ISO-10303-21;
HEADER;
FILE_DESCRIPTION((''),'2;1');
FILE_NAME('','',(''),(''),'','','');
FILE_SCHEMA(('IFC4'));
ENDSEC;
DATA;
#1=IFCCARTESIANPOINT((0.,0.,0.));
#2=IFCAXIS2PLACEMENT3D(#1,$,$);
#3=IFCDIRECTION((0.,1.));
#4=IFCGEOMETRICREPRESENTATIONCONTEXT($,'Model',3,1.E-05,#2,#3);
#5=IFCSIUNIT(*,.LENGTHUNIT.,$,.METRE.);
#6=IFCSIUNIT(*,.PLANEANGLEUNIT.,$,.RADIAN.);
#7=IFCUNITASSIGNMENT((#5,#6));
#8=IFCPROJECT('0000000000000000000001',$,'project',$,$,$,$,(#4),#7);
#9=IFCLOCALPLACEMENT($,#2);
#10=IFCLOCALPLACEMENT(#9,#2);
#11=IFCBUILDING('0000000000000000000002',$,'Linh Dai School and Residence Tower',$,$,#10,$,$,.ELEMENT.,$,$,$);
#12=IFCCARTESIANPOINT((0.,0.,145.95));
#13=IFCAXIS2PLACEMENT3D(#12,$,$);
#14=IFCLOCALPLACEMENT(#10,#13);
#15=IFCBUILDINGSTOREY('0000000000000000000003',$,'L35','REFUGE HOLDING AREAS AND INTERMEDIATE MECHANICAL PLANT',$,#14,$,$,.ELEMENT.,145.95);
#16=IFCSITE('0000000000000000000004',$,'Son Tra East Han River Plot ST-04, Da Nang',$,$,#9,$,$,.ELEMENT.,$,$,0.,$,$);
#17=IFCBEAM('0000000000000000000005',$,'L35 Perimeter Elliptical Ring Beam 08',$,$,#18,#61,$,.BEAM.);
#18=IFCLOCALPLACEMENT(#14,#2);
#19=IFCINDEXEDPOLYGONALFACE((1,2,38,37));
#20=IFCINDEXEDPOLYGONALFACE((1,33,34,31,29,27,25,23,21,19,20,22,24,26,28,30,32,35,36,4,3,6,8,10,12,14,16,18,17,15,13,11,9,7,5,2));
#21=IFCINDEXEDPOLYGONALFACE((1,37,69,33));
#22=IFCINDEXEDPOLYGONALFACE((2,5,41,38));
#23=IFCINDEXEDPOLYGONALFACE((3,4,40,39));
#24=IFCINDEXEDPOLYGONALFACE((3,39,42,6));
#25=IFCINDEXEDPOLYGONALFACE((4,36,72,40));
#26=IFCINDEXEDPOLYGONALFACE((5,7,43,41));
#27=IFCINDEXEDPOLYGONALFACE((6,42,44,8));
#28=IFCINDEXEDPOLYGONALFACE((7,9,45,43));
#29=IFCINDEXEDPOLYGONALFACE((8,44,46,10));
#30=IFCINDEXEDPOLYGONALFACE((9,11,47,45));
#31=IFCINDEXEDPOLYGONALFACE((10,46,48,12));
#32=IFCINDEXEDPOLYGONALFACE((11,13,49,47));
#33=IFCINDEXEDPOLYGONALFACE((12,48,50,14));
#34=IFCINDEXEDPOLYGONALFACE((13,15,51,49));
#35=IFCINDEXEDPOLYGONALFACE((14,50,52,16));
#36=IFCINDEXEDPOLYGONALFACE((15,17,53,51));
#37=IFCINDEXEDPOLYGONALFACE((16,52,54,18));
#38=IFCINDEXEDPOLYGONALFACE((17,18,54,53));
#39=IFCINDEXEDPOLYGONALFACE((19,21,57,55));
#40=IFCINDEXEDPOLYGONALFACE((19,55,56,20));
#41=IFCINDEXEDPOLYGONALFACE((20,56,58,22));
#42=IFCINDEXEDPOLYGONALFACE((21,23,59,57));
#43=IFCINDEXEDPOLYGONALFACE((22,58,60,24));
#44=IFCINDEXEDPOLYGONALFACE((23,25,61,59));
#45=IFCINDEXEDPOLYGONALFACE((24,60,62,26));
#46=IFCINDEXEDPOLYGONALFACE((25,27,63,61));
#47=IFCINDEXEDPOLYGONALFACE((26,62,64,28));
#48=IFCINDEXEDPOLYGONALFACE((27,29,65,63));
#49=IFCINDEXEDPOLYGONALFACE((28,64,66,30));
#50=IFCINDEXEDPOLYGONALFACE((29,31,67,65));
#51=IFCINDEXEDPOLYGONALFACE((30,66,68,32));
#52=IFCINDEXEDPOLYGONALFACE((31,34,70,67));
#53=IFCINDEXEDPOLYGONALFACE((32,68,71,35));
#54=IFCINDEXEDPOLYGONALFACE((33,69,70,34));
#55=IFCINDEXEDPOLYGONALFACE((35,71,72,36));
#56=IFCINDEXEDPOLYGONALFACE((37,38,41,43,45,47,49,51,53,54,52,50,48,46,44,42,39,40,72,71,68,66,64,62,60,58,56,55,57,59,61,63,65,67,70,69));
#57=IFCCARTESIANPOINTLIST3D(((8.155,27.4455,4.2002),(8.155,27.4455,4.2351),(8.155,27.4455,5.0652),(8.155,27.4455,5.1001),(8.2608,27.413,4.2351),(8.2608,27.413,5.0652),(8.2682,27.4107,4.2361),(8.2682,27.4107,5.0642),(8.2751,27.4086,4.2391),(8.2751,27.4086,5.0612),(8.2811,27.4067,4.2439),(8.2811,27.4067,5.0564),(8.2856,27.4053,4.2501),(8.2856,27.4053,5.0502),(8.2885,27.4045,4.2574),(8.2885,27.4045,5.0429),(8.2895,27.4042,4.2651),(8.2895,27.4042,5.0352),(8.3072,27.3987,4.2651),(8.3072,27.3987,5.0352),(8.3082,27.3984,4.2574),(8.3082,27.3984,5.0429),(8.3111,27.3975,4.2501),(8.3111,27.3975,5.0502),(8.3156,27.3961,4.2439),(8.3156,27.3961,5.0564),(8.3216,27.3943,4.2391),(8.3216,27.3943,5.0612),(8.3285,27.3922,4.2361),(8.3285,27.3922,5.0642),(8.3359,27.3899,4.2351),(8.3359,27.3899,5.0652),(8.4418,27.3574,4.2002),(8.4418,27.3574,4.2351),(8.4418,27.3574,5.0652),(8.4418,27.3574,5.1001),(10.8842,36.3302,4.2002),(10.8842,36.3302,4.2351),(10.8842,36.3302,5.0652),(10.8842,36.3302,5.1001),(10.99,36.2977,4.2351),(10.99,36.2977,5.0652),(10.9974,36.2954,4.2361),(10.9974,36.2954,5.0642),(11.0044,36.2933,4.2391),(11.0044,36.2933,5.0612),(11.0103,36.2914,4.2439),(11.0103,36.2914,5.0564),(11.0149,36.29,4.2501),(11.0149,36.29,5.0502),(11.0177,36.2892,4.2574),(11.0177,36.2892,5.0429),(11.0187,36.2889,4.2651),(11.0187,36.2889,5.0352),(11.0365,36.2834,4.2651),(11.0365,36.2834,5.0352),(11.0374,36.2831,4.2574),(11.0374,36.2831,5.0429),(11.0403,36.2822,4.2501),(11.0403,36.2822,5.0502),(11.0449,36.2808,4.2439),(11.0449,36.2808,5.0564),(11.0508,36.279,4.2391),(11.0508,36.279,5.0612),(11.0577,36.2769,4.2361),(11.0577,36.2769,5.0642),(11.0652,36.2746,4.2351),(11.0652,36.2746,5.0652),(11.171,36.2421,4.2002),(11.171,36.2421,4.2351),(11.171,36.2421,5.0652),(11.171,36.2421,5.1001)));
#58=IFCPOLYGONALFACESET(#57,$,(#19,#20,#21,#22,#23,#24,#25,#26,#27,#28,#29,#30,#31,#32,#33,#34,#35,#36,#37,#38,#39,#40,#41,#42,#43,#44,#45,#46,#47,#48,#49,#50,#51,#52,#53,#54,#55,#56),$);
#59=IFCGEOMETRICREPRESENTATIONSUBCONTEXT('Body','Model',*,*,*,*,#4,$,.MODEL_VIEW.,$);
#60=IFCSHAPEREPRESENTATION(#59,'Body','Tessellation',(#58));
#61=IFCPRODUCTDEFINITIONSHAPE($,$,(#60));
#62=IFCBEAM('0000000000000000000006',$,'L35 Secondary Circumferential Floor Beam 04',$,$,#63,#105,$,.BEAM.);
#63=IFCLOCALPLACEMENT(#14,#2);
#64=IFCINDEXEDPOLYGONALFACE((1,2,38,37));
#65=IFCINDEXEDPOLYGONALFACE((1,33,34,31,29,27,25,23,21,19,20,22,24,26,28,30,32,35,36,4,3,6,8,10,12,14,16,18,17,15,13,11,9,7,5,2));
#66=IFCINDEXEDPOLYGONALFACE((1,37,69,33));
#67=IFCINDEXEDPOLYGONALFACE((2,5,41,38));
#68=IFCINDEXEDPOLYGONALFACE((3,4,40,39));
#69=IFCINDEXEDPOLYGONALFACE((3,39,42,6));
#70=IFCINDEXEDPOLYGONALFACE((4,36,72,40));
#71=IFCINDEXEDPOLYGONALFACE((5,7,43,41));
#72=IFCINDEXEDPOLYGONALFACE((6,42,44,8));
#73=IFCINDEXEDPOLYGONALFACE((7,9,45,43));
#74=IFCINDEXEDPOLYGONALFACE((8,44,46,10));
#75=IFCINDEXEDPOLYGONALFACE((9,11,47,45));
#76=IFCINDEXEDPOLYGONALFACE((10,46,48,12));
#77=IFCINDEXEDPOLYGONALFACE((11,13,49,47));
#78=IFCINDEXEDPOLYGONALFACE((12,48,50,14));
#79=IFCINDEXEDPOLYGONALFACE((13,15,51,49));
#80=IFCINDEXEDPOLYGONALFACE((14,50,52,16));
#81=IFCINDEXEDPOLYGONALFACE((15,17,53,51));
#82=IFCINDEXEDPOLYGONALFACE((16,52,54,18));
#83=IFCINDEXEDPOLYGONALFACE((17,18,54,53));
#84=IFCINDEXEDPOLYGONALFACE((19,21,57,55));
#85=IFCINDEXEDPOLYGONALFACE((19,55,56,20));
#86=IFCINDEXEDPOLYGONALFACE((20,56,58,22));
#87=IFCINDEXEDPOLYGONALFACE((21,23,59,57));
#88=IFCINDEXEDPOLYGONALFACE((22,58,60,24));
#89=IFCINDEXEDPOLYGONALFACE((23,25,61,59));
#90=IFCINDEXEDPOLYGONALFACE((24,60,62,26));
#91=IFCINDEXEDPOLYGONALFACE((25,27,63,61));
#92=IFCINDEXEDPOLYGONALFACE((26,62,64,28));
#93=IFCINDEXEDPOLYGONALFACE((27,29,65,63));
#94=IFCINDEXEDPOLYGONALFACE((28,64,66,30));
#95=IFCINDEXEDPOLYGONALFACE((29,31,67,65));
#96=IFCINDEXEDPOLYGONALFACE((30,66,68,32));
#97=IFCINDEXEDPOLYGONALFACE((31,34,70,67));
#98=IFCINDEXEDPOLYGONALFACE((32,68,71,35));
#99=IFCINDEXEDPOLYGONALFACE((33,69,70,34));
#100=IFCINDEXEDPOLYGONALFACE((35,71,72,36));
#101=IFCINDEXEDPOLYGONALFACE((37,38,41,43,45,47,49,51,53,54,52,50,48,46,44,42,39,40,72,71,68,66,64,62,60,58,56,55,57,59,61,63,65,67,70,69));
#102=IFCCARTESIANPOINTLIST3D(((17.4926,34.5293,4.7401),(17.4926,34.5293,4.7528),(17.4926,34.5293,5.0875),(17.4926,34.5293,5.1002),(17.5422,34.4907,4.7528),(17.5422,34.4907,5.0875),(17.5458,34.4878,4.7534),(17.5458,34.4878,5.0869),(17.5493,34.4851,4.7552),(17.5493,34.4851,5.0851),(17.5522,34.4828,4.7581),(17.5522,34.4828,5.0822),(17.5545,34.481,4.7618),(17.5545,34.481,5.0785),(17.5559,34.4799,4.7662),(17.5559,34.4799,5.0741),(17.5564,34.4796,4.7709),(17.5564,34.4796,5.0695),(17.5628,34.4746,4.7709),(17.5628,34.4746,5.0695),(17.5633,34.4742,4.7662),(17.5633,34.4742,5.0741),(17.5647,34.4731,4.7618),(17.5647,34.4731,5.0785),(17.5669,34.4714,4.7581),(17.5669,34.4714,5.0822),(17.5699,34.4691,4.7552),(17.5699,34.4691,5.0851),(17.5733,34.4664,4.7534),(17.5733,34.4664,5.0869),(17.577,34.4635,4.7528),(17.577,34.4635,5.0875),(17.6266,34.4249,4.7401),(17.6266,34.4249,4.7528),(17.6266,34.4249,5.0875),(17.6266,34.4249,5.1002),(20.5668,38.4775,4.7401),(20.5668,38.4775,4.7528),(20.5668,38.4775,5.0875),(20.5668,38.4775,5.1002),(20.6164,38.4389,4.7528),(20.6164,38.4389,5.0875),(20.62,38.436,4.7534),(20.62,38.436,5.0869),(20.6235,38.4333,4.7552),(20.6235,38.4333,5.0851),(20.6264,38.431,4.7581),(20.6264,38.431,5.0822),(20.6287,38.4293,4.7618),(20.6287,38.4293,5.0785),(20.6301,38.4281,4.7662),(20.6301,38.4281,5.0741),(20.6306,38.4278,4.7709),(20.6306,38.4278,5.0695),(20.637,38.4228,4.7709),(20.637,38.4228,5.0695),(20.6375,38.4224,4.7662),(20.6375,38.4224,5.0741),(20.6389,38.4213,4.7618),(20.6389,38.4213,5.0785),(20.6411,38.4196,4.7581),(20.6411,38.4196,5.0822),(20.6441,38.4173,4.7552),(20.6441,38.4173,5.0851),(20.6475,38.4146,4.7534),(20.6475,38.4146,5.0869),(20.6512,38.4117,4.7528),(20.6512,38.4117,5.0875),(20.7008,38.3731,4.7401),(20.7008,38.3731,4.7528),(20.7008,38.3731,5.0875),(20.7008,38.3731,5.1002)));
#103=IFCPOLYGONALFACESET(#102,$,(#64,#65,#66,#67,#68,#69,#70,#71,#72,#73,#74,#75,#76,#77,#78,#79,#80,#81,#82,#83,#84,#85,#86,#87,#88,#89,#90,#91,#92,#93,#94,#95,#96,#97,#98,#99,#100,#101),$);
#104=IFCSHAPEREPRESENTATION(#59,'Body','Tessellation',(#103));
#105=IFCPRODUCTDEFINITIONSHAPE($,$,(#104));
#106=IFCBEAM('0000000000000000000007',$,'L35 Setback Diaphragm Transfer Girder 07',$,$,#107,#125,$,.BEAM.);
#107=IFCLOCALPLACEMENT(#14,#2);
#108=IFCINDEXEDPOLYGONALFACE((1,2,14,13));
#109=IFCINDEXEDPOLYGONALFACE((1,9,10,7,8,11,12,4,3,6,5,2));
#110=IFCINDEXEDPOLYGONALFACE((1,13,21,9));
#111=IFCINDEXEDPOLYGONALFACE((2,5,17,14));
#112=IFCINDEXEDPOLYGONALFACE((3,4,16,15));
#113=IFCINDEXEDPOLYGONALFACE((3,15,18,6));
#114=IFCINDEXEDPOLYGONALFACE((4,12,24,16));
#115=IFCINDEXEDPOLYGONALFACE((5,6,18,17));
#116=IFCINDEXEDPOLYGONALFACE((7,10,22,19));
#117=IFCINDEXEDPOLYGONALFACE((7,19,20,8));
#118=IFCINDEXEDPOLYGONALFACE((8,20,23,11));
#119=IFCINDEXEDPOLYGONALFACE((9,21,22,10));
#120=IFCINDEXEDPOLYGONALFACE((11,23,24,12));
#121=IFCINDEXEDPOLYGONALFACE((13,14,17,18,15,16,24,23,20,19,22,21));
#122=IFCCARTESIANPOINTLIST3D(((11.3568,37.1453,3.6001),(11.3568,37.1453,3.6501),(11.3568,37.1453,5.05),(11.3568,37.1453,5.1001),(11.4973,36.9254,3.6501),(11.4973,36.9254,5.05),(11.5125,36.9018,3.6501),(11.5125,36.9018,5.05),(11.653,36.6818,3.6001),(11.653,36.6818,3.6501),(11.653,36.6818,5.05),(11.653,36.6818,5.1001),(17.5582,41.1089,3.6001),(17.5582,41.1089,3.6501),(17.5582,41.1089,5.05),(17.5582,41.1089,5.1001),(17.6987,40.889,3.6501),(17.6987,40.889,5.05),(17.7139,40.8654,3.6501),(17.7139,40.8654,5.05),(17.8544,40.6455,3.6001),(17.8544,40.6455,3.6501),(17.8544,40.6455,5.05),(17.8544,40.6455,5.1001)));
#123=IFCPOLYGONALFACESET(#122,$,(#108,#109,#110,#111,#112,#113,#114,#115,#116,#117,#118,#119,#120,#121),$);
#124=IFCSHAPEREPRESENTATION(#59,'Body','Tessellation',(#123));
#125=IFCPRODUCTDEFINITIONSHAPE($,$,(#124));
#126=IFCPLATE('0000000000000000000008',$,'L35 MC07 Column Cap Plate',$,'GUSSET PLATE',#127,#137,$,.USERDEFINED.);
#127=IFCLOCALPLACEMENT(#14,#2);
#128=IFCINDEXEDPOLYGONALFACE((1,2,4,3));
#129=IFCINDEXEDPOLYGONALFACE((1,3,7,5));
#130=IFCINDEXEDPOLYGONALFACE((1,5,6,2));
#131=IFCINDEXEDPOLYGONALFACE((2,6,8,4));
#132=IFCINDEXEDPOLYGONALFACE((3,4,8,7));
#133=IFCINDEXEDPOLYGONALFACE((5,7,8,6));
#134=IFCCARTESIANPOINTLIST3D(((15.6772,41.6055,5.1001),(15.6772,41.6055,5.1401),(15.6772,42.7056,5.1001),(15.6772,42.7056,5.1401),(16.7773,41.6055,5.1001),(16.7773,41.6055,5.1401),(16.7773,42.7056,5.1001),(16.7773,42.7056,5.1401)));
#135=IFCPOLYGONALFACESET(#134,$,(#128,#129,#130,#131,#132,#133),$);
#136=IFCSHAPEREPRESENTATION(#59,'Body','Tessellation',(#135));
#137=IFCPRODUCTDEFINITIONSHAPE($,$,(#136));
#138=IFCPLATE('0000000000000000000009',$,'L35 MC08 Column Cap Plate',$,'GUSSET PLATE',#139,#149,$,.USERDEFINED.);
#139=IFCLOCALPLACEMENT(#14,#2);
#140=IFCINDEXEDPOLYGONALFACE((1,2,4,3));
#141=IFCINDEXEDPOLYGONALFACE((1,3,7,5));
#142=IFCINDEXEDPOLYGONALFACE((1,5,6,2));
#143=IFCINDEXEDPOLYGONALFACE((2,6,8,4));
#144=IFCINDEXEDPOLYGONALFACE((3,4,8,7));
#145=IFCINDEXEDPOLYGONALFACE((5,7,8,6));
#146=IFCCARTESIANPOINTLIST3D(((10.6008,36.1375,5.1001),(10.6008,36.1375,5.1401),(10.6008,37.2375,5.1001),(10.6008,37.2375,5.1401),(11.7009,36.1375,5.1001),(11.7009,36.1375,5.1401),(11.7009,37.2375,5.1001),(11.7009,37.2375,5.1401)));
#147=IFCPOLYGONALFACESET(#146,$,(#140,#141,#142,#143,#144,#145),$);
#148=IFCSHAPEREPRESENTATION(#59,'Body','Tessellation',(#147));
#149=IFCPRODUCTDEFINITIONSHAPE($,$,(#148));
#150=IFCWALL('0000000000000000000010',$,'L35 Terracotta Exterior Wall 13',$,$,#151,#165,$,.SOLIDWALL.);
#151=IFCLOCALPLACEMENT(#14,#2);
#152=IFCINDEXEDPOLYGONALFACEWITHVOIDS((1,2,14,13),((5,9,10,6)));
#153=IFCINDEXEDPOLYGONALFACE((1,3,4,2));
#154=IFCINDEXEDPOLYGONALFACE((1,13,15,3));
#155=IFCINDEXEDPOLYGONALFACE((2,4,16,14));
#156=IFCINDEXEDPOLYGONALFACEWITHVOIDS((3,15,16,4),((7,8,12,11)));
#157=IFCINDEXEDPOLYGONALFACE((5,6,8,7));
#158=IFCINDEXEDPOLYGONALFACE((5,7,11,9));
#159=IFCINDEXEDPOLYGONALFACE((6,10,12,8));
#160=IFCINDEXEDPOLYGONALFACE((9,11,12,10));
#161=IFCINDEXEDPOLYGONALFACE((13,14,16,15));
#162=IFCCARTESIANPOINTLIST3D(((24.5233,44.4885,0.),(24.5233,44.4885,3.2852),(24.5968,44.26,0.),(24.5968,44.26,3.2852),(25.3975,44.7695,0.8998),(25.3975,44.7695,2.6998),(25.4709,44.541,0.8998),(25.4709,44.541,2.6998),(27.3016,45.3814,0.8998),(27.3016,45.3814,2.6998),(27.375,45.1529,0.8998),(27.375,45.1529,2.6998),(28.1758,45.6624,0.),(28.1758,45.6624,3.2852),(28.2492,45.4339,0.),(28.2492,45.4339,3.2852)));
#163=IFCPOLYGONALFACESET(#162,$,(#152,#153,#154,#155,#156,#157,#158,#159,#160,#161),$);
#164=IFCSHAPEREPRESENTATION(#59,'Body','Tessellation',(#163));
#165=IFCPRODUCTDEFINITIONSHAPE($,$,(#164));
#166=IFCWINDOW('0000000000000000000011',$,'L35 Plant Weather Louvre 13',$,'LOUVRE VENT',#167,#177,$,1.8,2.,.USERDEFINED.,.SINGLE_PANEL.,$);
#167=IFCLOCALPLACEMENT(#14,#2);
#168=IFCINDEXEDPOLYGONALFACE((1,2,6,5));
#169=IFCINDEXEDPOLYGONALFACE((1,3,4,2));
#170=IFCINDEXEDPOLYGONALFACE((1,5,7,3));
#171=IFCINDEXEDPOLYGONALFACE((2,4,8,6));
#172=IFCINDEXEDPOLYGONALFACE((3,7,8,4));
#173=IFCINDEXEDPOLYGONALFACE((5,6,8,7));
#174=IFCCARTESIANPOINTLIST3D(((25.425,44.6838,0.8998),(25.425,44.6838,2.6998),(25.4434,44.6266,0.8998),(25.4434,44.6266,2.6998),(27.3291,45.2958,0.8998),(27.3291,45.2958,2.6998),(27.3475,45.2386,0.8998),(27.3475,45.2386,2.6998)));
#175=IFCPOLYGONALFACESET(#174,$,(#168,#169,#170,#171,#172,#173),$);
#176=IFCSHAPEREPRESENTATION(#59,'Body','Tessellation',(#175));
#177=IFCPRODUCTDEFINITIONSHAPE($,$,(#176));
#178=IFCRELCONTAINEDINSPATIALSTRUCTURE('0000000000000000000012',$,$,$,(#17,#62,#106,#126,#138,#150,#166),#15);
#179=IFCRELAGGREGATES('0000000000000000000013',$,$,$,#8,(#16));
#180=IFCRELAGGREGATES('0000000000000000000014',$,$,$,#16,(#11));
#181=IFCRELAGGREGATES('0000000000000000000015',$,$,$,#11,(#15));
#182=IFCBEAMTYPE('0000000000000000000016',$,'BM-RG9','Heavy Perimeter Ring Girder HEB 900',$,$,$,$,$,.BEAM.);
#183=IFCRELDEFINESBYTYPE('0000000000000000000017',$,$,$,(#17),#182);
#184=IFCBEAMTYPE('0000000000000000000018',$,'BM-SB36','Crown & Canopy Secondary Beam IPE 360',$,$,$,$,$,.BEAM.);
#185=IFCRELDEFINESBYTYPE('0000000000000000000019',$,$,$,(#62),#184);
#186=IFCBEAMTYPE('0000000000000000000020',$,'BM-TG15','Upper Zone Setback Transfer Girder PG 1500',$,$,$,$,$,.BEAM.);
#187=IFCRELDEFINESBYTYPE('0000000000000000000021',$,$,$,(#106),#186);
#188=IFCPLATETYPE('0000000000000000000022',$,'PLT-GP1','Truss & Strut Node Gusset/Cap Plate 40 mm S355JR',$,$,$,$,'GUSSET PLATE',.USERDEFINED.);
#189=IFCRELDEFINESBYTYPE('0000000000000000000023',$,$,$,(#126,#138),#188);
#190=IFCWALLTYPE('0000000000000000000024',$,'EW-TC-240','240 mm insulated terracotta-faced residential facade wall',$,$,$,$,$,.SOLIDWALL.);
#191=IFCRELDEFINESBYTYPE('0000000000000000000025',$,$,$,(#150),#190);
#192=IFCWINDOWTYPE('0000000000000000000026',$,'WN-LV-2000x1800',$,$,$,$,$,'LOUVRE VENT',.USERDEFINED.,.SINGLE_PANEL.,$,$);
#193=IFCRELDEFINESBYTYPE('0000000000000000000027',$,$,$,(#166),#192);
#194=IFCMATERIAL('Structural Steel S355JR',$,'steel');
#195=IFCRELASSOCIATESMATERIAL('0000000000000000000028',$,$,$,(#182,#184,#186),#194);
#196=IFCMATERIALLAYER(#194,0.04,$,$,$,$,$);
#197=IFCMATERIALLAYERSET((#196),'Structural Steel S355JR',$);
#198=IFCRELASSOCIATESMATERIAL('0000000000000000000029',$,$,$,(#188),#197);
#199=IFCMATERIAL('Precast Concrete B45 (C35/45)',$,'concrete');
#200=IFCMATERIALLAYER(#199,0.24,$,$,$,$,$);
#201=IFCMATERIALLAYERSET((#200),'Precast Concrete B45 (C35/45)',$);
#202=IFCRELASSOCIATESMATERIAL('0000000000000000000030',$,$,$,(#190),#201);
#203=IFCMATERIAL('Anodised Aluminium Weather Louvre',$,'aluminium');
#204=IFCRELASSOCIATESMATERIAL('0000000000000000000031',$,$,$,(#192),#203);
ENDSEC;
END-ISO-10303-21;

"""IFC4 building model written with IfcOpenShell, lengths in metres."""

from ifc_helpers import new_model, si_unit, direction, frame, frame_2d, origin, origin_2d, place, context, subcontext, project, spatial, rectangle, i_section, extrude, source, transform, mapped, material, layer, layer_set, material_profile, profile_set, type_object, element, fill, save


model = new_model("IFC4")

# Units and contexts
model_context = context("Model", 3, precision=1e-05, world=origin(), true_north=direction((0.0, 1.0)))
body_context = subcontext(model_context, "Body", "Model", "MODEL_VIEW")
ifc_project = project(units=[si_unit("LENGTHUNIT", "METRE"), si_unit("PLANEANGLEUNIT", "RADIAN")], contexts=[model_context])

# Site, building, storey
site_placement = place(None, origin())
site = spatial("IfcSite", under=ifc_project, at=site_placement, Name="Son Tra East Han River Plot ST-04, Da Nang", CompositionType="ELEMENT", RefElevation=0.0)
building_placement = place(site_placement, origin())
building = spatial("IfcBuilding", under=site, at=building_placement, Name="Linh Dai School and Residence Tower", CompositionType="ELEMENT")
storey_placement = place(building_placement, frame((0.0, 0.0, 145.95)))
storey = spatial("IfcBuildingStorey", under=building, at=storey_placement, Name="L35", Description="REFUGE HOLDING AREAS AND INTERMEDIATE MECHANICAL PLANT", CompositionType="ELEMENT", Elevation=145.95)

# Shared definitions
ifc_material_1 = material(Name="Structural Steel S355JR", Category="steel")

# Beams
ifc_material_profile_1 = material_profile(ifc_material_1, i_section(OverallWidth=0.3, OverallDepth=0.8999, WebThickness=0.0186, FlangeThickness=0.0349, FilletRadius=0.03, at=origin_2d()), Name="HEB 900")
ifc_profile_set_1 = profile_set([ifc_material_profile_1], Name="Structural Steel S355JR")
beam_type_1 = type_object("IfcBeamType", Name="BM-RG9", Description="Heavy Perimeter Ring Girder HEB 900", PredefinedType="BEAM", material=ifc_profile_set_1)
beam_1_placement = place(storey_placement, frame((11.0276, 36.2861, 4.6501), z_axis=(-0.293641, -0.955916, 0.0), x_axis=(0.955916, -0.293641, 0.0)))
element("IfcBeam", 1, at=beam_1_placement, inside=storey, type_object=beam_type_1, Name="L35 Perimeter Elliptical Ring Beam 08", PredefinedType="BEAM", context=body_context, shape_type="SweptSolid", body=[
    extrude(i_section(OverallWidth=0.3, OverallDepth=0.8999, WebThickness=0.0186, FlangeThickness=0.0349, FilletRadius=0.03, at=origin_2d()), origin(), (0.0, 0.0, 1.0), 9.2944),
])
ifc_material_profile_2 = material_profile(ifc_material_1, i_section(OverallWidth=0.1699, OverallDepth=0.3601, WebThickness=0.0081, FlangeThickness=0.0127, FilletRadius=0.0181, at=origin_2d()), Name="IPE 360")
ifc_profile_set_2 = profile_set([ifc_material_profile_2], Name="Structural Steel S355JR")
beam_type_2 = type_object("IfcBeamType", Name="BM-SB36", Description="Crown & Canopy Secondary Beam IPE 360", PredefinedType="BEAM", material=ifc_profile_set_2)
beam_2_placement = place(storey_placement, frame((20.6338, 38.4253, 4.9202), z_axis=(-0.614359, -0.789026, 0.0), x_axis=(0.789026, -0.614359, 0.0)))
element("IfcBeam", 2, at=beam_2_placement, inside=storey, type_object=beam_type_2, Name="L35 Secondary Circumferential Floor Beam 04", PredefinedType="BEAM", context=body_context, shape_type="SweptSolid", body=[
    extrude(i_section(OverallWidth=0.1699, OverallDepth=0.3601, WebThickness=0.0081, FlangeThickness=0.0127, FilletRadius=0.0181, at=origin_2d()), origin(), (0.0, 0.0, 1.0), 5.0039),
])
ifc_material_profile_3 = material_profile(ifc_material_1, i_section(OverallWidth=0.55, OverallDepth=1.5, WebThickness=0.0281, FlangeThickness=0.05, at=origin_2d()), Name="PG 1500x550x28x50")
ifc_profile_set_3 = profile_set([ifc_material_profile_3], Name="Structural Steel S355JR")
beam_type_3 = type_object("IfcBeamType", Name="BM-TG15", Description="Upper Zone Setback Transfer Girder PG 1500", PredefinedType="BEAM", material=ifc_profile_set_3)
beam_3_placement = place(storey_placement, frame((17.7063, 40.8772, 4.3501), z_axis=(-0.842597, -0.538544, 0.0), x_axis=(0.538544, -0.842597, 0.0)))
element("IfcBeam", 3, at=beam_3_placement, inside=storey, type_object=beam_type_3, Name="L35 Setback Diaphragm Transfer Girder 07", PredefinedType="BEAM", context=body_context, shape_type="SweptSolid", body=[
    extrude(i_section(OverallWidth=0.55, OverallDepth=1.5, WebThickness=0.0281, FlangeThickness=0.05, at=origin_2d()), origin(), (0.0, 0.0, 1.0), 7.3599),
])

# Plates
ifc_layer_1 = layer(ifc_material_1, 0.04)
ifc_layer_set_1 = layer_set([ifc_layer_1], Name="Structural Steel S355JR")
plate_type = type_object("IfcPlateType", Name="PLT-GP1", Description="Truss & Strut Node Gusset/Cap Plate 40 mm S355JR", ElementType="GUSSET PLATE", PredefinedType="USERDEFINED", material=ifc_layer_set_1)
shared_shape_1 = source(origin(), body_context, "Body", "SweptSolid", [
    extrude(rectangle(XDim=1.1001, YDim=1.1001, at=origin_2d()), origin(), (0.0, 0.0, 1.0), 0.04),
])
for number, where, z_axis, x_axis, name in (
    (4, (16.2273, 42.1555, 5.1001), (0.0, 0.0, 1.0), (1.0, 0.0, 0.0), "L35 MC07 Column Cap Plate"),
    (5, (11.1509, 36.6875, 5.1001), (0.0, 0.0, 1.0), (1.0, 0.0, 0.0), "L35 MC08 Column Cap Plate"),
):
    element("IfcPlate", number, at=place(storey_placement, frame(where, z_axis=z_axis, x_axis=x_axis)), inside=storey, type_object=plate_type, Name=name, ObjectType="GUSSET PLATE", PredefinedType="USERDEFINED", context=body_context, shape_type="MappedRepresentation", body=[
        mapped(shared_shape_1, transform((0.0, 0.0, 0.0), x_axis=(1.0, 0.0, 0.0), y_axis=(0.0, 1.0, 0.0), z_axis=(0.0, 0.0, 1.0), scale=1.0)),
    ])

# Wall, opening, window
ifc_material_2 = material(Name="Precast Concrete B45 (C35/45)", Category="concrete")
ifc_layer_2 = layer(ifc_material_2, 0.24)
ifc_layer_set_2 = layer_set([ifc_layer_2], Name="Precast Concrete B45 (C35/45)")
wall_type_1 = type_object("IfcWallType", Name="EW-TC-240", Description="240 mm insulated terracotta-faced residential facade wall", PredefinedType="SOLIDWALL", material=ifc_layer_set_2)
wall_1_placement = place(storey_placement, frame((24.5601, 44.3743, 0.0), z_axis=(0.0, 0.0, 1.0), x_axis=(0.952039, 0.305976, 0.0)))
wall_1 = element("IfcWall", 6, at=wall_1_placement, inside=storey, type_object=wall_type_1, Name="L35 Terracotta Exterior Wall 13", PredefinedType="SOLIDWALL", context=body_context, shape_type="SweptSolid", body=[
    extrude(rectangle(XDim=3.8364, YDim=0.24, at=frame_2d((1.9182, 0.0))), origin(), (0.0, 0.0, 1.0), 3.2852),
])
opening_1_placement = place(wall_1_placement, frame((0.9182, 0.0, 0.8999)))
opening_1 = element("IfcOpeningElement", 7, at=opening_1_placement, cuts=wall_1, PredefinedType="OPENING", context=body_context, shape_type="SweptSolid", body=[
    extrude(rectangle(XDim=2.0, YDim=1.8, at=origin_2d()), frame((1.0, 0.1299, 0.8999), z_axis=(0.0, -1.0, 0.0), x_axis=(1.0, 0.0, 0.0)), (0.0, 0.0, 1.0), 0.26),
])
ifc_material_3 = material(Name="Anodised Aluminium Weather Louvre", Category="aluminium")
window_type = type_object("IfcWindowType", Name="WN-LV-2000x1800", ElementType="LOUVRE VENT", PartitioningType="SINGLE_PANEL", PredefinedType="USERDEFINED", material=ifc_material_3)
shared_shape_2 = source(origin(), body_context, "Body", "SweptSolid", [
    extrude(rectangle(XDim=2.0, YDim=1.8, at=origin_2d()), frame((1.0, 0.03, 0.8999), z_axis=(0.0, -1.0, 0.0), x_axis=(1.0, 0.0, 0.0)), (0.0, 0.0, 1.0), 0.0601),
])
window_1_placement = place(opening_1_placement, origin())
window_1 = element("IfcWindow", 8, at=window_1_placement, inside=storey, type_object=window_type, Name="L35 Plant Weather Louvre 13", ObjectType="LOUVRE VENT", OverallHeight=1.8, OverallWidth=2.0, PartitioningType="SINGLE_PANEL", PredefinedType="USERDEFINED", context=body_context, shape_type="MappedRepresentation", body=[
    mapped(shared_shape_2, transform((0.0, 0.0, 0.0), x_axis=(1.0, 0.0, 0.0), y_axis=(0.0, 1.0, 0.0), z_axis=(0.0, 0.0, 1.0), scale=1.0)),
])
fill(opening_1, window_1)

save(model, "model.ifc")
